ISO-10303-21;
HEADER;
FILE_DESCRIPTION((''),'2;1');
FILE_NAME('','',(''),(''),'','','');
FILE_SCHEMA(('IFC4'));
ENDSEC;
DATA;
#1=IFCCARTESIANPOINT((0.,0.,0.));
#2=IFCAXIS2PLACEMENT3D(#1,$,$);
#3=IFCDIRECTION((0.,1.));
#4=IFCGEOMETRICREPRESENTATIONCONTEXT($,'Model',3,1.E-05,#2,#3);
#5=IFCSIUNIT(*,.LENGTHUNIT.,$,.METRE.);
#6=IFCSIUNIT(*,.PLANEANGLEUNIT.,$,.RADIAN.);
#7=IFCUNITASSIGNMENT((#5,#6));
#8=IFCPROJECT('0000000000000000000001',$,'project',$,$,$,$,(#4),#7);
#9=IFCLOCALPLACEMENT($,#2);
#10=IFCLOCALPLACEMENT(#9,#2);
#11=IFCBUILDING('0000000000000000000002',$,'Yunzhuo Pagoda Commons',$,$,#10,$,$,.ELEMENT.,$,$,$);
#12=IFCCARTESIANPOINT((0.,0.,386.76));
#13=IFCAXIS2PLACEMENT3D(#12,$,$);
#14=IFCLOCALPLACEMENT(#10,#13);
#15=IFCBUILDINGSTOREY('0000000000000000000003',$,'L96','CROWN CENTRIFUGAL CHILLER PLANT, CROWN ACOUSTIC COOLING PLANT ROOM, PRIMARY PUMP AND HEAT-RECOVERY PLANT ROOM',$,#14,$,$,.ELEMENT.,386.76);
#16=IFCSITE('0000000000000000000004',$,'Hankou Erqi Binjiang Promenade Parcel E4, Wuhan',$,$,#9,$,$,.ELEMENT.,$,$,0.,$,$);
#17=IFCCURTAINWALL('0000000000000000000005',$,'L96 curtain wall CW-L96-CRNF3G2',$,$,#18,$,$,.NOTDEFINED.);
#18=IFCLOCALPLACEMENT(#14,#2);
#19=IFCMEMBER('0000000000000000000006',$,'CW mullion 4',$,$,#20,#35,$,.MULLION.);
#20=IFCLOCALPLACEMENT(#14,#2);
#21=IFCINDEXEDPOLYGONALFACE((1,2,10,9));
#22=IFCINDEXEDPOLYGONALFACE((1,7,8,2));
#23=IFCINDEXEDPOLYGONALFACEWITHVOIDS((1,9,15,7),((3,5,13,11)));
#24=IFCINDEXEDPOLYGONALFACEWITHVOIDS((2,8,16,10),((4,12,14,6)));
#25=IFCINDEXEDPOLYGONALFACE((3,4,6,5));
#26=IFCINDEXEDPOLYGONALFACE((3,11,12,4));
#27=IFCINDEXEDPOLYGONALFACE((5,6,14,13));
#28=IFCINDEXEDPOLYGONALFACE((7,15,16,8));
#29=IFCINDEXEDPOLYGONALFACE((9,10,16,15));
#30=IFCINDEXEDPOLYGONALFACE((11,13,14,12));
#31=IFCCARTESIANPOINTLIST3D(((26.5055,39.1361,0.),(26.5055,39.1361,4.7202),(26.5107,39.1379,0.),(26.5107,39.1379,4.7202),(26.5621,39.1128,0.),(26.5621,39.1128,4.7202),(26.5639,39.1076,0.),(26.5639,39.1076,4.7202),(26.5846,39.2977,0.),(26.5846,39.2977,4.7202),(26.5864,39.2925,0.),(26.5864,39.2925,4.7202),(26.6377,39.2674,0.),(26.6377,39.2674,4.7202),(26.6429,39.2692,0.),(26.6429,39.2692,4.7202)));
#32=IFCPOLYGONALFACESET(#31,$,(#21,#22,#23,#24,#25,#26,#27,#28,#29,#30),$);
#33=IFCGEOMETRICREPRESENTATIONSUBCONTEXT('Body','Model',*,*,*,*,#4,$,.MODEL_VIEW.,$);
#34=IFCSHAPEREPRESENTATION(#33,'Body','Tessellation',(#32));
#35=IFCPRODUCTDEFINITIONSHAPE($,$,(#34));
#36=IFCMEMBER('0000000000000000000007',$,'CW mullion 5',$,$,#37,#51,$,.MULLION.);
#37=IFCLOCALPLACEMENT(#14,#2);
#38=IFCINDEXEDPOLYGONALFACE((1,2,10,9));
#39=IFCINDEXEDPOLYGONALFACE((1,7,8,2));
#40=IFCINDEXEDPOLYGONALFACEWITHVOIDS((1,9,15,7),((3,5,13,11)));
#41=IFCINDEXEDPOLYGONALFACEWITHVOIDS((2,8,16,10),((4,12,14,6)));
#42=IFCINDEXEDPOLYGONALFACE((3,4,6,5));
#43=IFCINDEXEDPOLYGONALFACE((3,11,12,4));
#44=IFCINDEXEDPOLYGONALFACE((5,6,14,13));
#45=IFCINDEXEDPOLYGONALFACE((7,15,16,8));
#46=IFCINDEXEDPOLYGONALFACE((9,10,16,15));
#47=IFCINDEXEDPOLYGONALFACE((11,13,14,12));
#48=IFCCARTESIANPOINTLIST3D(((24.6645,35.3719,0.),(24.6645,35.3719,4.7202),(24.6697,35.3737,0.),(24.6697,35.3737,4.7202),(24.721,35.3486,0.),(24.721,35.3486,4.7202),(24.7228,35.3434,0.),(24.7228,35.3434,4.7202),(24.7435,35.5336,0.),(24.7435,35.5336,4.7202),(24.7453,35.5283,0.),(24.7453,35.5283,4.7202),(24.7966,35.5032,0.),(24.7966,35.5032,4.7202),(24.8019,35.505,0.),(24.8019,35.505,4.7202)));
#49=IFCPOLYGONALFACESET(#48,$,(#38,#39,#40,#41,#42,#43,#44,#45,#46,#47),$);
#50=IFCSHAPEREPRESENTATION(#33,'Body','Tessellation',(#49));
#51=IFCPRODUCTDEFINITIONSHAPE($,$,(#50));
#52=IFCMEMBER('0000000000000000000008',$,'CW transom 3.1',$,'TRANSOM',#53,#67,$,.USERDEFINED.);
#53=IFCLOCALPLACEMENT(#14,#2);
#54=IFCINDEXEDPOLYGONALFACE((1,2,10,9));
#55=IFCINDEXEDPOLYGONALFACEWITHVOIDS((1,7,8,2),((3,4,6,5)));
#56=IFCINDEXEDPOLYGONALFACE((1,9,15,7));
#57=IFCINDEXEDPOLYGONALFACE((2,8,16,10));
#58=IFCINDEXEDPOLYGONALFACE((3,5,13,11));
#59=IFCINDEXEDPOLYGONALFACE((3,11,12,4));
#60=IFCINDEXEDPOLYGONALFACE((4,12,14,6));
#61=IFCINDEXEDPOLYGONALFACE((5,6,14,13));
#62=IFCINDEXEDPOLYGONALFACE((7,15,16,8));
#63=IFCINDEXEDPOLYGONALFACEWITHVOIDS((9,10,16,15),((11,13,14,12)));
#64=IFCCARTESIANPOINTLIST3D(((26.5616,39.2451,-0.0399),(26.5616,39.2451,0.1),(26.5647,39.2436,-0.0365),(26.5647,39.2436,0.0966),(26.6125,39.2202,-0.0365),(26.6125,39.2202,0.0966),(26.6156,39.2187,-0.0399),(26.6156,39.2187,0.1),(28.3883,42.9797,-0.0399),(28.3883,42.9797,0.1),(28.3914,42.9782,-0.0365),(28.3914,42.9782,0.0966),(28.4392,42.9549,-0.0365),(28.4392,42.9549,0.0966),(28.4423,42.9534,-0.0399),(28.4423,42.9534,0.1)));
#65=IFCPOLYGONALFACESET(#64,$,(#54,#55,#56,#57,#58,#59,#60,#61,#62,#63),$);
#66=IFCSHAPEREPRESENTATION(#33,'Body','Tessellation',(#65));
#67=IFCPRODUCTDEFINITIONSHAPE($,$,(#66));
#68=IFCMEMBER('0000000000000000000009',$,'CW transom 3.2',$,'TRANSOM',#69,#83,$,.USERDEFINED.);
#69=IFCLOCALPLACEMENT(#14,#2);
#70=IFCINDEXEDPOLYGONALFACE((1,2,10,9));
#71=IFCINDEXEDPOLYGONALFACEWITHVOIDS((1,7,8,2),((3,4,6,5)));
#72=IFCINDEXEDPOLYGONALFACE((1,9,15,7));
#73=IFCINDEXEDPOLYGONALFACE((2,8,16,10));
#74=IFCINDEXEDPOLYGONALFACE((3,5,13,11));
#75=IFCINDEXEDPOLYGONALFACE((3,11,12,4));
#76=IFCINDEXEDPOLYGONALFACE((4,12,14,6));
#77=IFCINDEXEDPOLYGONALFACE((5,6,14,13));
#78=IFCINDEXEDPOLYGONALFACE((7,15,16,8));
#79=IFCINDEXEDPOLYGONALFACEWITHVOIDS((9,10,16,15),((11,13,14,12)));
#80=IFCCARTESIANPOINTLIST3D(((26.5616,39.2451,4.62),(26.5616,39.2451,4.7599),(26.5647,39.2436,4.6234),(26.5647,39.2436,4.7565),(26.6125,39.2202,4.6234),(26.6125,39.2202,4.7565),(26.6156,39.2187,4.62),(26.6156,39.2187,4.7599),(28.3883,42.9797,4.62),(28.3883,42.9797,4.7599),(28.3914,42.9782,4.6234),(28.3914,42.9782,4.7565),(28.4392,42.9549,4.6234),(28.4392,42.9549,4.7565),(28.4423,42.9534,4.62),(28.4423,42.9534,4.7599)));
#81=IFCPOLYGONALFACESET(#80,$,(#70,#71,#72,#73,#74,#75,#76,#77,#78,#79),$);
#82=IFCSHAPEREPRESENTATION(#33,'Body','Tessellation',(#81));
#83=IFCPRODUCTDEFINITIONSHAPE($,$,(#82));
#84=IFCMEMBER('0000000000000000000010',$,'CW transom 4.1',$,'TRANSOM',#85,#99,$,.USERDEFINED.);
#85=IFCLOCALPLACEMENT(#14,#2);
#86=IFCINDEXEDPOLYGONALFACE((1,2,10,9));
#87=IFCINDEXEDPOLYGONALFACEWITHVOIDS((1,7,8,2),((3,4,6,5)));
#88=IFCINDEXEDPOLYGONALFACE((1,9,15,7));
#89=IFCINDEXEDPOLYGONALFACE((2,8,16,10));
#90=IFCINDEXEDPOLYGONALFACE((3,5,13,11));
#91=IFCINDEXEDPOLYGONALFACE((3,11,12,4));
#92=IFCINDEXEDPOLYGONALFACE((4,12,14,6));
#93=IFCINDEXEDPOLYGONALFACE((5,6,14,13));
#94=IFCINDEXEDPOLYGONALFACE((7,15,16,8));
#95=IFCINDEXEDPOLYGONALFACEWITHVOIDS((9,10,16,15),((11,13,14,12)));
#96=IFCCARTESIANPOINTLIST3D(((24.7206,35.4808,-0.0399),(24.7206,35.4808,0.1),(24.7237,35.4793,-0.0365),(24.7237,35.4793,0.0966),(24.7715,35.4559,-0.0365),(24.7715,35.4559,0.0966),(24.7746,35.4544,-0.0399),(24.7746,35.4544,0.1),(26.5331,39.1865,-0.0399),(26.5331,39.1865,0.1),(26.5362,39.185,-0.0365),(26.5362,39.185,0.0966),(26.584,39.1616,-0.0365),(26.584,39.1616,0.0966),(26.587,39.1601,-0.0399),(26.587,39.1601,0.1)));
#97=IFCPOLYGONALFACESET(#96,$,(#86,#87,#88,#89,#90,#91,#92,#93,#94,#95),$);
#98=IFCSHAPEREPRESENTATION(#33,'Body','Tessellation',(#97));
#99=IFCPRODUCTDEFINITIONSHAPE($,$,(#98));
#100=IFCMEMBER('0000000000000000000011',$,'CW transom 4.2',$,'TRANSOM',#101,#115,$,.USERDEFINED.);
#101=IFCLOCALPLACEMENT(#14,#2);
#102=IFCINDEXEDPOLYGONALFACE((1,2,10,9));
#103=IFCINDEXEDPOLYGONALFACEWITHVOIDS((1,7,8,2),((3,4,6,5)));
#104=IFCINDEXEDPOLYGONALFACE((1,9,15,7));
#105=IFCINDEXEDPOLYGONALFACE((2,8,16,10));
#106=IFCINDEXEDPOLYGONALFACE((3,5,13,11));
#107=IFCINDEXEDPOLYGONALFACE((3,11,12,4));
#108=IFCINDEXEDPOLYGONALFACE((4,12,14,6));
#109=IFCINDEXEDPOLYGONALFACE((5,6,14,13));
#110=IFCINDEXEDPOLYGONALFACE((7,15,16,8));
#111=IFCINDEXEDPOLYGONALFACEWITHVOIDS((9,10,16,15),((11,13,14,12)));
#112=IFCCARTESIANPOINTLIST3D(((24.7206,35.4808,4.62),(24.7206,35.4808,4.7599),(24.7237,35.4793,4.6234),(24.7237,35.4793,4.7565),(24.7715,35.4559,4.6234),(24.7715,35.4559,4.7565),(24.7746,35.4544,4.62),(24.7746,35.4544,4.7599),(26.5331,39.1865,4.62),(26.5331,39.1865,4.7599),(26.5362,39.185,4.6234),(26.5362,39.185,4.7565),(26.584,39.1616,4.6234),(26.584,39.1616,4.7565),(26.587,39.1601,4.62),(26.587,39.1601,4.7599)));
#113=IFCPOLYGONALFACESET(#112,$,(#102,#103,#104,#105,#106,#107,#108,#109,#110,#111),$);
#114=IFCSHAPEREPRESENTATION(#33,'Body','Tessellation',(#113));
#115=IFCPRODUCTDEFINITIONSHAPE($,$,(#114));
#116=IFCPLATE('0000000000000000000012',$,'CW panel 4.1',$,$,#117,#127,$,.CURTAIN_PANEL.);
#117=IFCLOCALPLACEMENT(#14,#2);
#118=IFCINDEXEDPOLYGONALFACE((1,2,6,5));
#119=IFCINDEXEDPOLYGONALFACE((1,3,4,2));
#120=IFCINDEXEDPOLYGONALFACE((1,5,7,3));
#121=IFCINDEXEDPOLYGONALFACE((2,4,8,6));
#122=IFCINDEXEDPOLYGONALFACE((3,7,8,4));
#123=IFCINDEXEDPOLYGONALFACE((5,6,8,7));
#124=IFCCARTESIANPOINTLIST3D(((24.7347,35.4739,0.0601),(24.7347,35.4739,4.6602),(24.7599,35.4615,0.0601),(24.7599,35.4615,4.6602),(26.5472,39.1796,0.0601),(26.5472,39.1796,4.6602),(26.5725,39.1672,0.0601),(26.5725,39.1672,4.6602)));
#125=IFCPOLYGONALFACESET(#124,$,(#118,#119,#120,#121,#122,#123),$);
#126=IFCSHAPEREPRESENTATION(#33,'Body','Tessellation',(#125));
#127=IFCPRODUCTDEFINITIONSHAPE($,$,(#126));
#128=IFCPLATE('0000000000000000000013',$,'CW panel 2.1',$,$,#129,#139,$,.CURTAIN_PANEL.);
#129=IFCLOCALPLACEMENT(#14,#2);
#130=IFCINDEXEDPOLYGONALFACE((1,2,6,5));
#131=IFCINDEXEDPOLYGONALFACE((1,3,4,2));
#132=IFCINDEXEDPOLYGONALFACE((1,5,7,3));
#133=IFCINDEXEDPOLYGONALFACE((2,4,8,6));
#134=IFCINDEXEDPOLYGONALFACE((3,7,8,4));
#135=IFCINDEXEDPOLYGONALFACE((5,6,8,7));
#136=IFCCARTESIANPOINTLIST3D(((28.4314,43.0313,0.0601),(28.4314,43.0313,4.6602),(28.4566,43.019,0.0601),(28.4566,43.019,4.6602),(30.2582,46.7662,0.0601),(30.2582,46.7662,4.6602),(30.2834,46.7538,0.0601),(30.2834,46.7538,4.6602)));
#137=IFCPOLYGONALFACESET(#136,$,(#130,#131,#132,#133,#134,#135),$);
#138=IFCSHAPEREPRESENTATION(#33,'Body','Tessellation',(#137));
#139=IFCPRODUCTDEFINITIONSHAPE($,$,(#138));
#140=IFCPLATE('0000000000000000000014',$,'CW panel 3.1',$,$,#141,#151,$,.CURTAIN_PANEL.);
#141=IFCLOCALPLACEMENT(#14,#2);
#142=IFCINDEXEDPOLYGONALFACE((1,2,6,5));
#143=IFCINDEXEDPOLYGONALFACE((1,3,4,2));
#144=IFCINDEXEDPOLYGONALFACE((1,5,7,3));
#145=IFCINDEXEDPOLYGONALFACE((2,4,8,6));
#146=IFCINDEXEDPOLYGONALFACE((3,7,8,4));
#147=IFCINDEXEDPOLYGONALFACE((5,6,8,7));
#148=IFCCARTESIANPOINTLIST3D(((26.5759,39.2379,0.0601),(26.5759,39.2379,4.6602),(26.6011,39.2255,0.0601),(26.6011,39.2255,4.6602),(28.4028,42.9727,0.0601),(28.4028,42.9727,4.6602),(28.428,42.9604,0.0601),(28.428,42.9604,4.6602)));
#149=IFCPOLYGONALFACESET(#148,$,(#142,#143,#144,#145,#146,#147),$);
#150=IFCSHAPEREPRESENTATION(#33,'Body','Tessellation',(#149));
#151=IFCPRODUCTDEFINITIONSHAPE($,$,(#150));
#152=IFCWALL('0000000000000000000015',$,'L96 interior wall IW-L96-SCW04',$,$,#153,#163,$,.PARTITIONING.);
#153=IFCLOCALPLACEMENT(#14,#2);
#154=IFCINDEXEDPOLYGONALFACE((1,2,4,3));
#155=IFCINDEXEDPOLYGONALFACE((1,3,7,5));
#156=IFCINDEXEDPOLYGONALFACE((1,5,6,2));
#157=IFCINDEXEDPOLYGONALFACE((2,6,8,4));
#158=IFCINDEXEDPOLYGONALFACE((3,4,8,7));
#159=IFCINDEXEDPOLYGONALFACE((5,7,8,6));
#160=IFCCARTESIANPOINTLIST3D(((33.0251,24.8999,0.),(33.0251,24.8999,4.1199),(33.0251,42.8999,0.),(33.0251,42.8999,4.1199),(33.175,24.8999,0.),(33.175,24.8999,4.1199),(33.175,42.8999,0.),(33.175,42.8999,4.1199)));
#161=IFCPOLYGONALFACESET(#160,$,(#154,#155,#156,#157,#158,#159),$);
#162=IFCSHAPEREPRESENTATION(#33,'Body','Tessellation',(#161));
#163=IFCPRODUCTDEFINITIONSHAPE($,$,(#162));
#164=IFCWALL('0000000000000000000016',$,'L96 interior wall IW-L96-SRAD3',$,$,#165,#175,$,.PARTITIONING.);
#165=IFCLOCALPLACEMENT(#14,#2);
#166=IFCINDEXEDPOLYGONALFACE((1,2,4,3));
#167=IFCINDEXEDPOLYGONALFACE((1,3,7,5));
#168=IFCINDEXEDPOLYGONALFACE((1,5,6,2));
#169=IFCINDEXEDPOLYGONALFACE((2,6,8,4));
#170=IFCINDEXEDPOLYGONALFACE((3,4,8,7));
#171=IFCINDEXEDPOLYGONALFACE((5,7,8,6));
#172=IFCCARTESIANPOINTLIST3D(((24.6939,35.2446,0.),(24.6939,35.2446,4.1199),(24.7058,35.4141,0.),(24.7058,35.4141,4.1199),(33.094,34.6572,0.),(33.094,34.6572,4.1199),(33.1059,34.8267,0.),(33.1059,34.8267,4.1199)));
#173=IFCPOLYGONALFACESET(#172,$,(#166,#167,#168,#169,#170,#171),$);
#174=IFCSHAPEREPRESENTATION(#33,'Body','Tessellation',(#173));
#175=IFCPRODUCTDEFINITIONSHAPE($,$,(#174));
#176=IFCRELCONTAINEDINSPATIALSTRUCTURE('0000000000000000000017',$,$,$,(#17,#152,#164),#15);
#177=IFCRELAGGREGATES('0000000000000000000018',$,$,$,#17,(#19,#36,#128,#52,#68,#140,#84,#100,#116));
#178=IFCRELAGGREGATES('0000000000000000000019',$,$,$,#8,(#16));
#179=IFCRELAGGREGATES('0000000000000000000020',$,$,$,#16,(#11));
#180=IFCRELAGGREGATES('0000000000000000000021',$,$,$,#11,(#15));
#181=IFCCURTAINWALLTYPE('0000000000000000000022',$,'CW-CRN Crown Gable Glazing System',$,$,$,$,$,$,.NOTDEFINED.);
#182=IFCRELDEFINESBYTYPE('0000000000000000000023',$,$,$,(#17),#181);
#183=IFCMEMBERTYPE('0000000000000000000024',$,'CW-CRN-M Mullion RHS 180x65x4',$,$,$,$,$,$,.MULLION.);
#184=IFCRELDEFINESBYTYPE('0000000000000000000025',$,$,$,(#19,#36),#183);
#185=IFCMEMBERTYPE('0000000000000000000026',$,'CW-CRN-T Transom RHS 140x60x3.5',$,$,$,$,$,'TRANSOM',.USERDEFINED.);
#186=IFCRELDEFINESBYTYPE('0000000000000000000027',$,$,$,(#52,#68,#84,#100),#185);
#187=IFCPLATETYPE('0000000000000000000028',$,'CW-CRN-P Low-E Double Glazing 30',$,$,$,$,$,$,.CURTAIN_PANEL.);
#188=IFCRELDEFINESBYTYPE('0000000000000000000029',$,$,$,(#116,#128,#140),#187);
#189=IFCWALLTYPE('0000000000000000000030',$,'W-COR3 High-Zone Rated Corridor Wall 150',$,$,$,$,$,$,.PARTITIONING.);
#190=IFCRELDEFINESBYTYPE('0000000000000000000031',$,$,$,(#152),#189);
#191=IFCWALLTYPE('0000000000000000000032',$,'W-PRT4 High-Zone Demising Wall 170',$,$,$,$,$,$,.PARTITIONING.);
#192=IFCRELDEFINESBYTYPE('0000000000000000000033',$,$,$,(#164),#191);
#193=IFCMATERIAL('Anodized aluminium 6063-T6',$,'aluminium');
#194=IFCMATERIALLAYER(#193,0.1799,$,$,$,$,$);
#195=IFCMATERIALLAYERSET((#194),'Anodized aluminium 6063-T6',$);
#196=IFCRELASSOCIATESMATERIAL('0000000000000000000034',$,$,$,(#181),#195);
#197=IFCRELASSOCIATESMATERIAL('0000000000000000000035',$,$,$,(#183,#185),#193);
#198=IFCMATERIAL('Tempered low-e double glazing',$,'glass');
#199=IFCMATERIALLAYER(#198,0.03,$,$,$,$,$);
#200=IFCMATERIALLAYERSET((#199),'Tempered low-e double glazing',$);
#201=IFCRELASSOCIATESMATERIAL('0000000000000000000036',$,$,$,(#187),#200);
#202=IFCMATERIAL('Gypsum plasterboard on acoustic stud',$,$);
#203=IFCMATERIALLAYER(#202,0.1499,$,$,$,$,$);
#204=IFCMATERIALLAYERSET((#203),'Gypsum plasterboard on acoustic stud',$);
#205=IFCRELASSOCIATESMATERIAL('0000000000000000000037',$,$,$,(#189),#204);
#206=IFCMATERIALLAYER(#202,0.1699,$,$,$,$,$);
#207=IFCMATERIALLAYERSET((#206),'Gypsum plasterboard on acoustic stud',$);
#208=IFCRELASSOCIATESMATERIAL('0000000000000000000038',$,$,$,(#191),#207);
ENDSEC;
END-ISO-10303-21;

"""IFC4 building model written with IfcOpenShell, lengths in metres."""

from ifc_helpers import new_model, si_unit, direction, frame, frame_2d, origin, origin_2d, place, context, subcontext, project, spatial, rectangle, hollow_rectangle, extrude, source, transform, mapped, material, layer, layer_set, material_profile, profile_set, type_object, element, aggregate, save


model = new_model("IFC4")

# Units and contexts
model_context = context("Model", 3, precision=1e-05, world=origin(), true_north=direction((0.0, 1.0)))
body_context = subcontext(model_context, "Body", "Model", "MODEL_VIEW")
ifc_project = project(units=[si_unit("LENGTHUNIT", "METRE"), si_unit("PLANEANGLEUNIT", "RADIAN")], contexts=[model_context])

# Site, building, storey
site_placement = place(None, origin())
site = spatial("IfcSite", under=ifc_project, at=site_placement, Name="Hankou Erqi Binjiang Promenade Parcel E4, Wuhan", CompositionType="ELEMENT", RefElevation=0.0)
building_placement = place(site_placement, origin())
building = spatial("IfcBuilding", under=site, at=building_placement, Name="Yunzhuo Pagoda Commons", CompositionType="ELEMENT")
storey_placement = place(building_placement, frame((0.0, 0.0, 386.76)))
storey = spatial("IfcBuildingStorey", under=building, at=storey_placement, Name="L96", Description="CROWN CENTRIFUGAL CHILLER PLANT, CROWN ACOUSTIC COOLING PLANT ROOM, PRIMARY PUMP AND HEAT-RECOVERY PLANT ROOM", CompositionType="ELEMENT", Elevation=386.76)

# Curtain wall, members, plates
ifc_material_1 = material(Name="Anodized aluminium 6063-T6", Category="aluminium")
ifc_layer_1 = layer(ifc_material_1, 0.1799)
ifc_layer_set_1 = layer_set([ifc_layer_1], Name="Anodized aluminium 6063-T6")
curtain_wall_type = type_object("IfcCurtainWallType", Name="CW-CRN Crown Gable Glazing System", PredefinedType="NOTDEFINED", material=ifc_layer_set_1)
curtain_wall_placement = place(storey_placement, origin())
curtain_wall = element("IfcCurtainWall", 1, at=curtain_wall_placement, inside=storey, type_object=curtain_wall_type, Name="L96 curtain wall CW-L96-CRNF3G2", PredefinedType="NOTDEFINED")
ifc_material_profile_1 = material_profile(ifc_material_1, hollow_rectangle(XDim=0.0649, YDim=0.1799, WallThickness=0.0039, at=origin_2d()), Name="Anodized aluminium 6063-T6")
ifc_profile_set_1 = profile_set([ifc_material_profile_1], Name="Anodized aluminium 6063-T6")
member_type_1 = type_object("IfcMemberType", Name="CW-CRN-M Mullion RHS 180x65x4", PredefinedType="MULLION", material=ifc_profile_set_1)
shared_shape_1 = source(origin(), body_context, "Body", "SweptSolid", [
    extrude(hollow_rectangle(XDim=0.0649, YDim=0.1799, WallThickness=0.0039, at=origin_2d()), origin(), (0.0, 0.0, 1.0), 4.7202),
])
member_1_placement = place(storey_placement, frame((26.5742, 39.2026, 0.0), z_axis=(0.0, 0.0, 1.0), x_axis=(0.898299, -0.439384, 0.0)))
member_1 = element("IfcMember", 2, at=member_1_placement, type_object=member_type_1, Name="CW mullion 4", PredefinedType="MULLION", context=body_context, shape_type="MappedRepresentation", body=[
    mapped(shared_shape_1, transform((0.0, 0.0, 0.0), scale=1.0)),
])
member_2_placement = place(storey_placement, frame((24.7332, 35.4385, 0.0), z_axis=(0.0, 0.0, 1.0), x_axis=(0.898299, -0.439384, 0.0)))
member_2 = element("IfcMember", 3, at=member_2_placement, type_object=member_type_1, Name="CW mullion 5", PredefinedType="MULLION", context=body_context, shape_type="MappedRepresentation", body=[
    mapped(shared_shape_1, transform((0.0, 0.0, 0.0), scale=1.0)),
])
ifc_material_profile_2 = material_profile(ifc_material_1, hollow_rectangle(XDim=0.0601, YDim=0.1399, WallThickness=0.0034, at=origin_2d()), Name="Anodized aluminium 6063-T6")
ifc_profile_set_2 = profile_set([ifc_material_profile_2], Name="Anodized aluminium 6063-T6")
member_type_2 = type_object("IfcMemberType", Name="CW-CRN-T Transom RHS 140x60x3.5", ElementType="TRANSOM", PredefinedType="USERDEFINED", material=ifc_profile_set_2)
shared_shape_2 = source(origin(), body_context, "Body", "SweptSolid", [
    extrude(hollow_rectangle(XDim=0.0601, YDim=0.1399, WallThickness=0.0034, at=origin_2d()), origin(), (0.0, 0.0, 1.0), 4.1575),
])
member_3_placement = place(storey_placement, frame((28.4153, 42.9666, 0.03), z_axis=(-0.439374, -0.898304, 0.0), x_axis=(0.898304, -0.439374, 0.0)))
member_3 = element("IfcMember", 4, at=member_3_placement, type_object=member_type_2, Name="CW transom 3.1", ObjectType="TRANSOM", PredefinedType="USERDEFINED", context=body_context, shape_type="MappedRepresentation", body=[
    mapped(shared_shape_2, transform((0.0, 0.0, 0.0), scale=1.0)),
])
member_4_placement = place(storey_placement, frame((28.4153, 42.9666, 4.6899), z_axis=(-0.439374, -0.898304, 0.0), x_axis=(0.898304, -0.439374, 0.0)))
member_4 = element("IfcMember", 5, at=member_4_placement, type_object=member_type_2, Name="CW transom 3.2", ObjectType="TRANSOM", PredefinedType="USERDEFINED", context=body_context, shape_type="MappedRepresentation", body=[
    mapped(shared_shape_2, transform((0.0, 0.0, 0.0), scale=1.0)),
])
shared_shape_3 = source(origin(), body_context, "Body", "SweptSolid", [
    extrude(hollow_rectangle(XDim=0.0601, YDim=0.1399, WallThickness=0.0034, at=origin_2d()), origin(), (0.0, 0.0, 1.0), 4.1252),
])
member_5_placement = place(storey_placement, frame((26.5601, 39.1733, 0.03), z_axis=(-0.439361, -0.898311, 0.0), x_axis=(0.898311, -0.439361, 0.0)))
member_5 = element("IfcMember", 6, at=member_5_placement, type_object=member_type_2, Name="CW transom 4.1", ObjectType="TRANSOM", PredefinedType="USERDEFINED", context=body_context, shape_type="MappedRepresentation", body=[
    mapped(shared_shape_3, transform((0.0, 0.0, 0.0), scale=1.0)),
])
member_6_placement = place(storey_placement, frame((26.5601, 39.1733, 4.6899), z_axis=(-0.439361, -0.898311, 0.0), x_axis=(0.898311, -0.439361, 0.0)))
member_6 = element("IfcMember", 7, at=member_6_placement, type_object=member_type_2, Name="CW transom 4.2", ObjectType="TRANSOM", PredefinedType="USERDEFINED", context=body_context, shape_type="MappedRepresentation", body=[
    mapped(shared_shape_3, transform((0.0, 0.0, 0.0), scale=1.0)),
])
ifc_material_2 = material(Name="Tempered low-e double glazing", Category="glass")
ifc_layer_2 = layer(ifc_material_2, 0.03)
ifc_layer_set_2 = layer_set([ifc_layer_2], Name="Tempered low-e double glazing")
plate_type = type_object("IfcPlateType", Name="CW-CRN-P Low-E Double Glazing 30", PredefinedType="CURTAIN_PANEL", material=ifc_layer_set_2)
shared_shape_4 = source(origin(), body_context, "Body", "SweptSolid", [
    extrude(rectangle(XDim=4.1252, YDim=0.0281, at=origin_2d()), origin(), (0.0, 0.0, 1.0), 4.6001),
])
plate_1_placement = place(storey_placement, frame((25.6536, 37.3206, 0.0601), z_axis=(0.0, 0.0, 1.0), x_axis=(-0.439384, -0.898299, 0.0)))
plate_1 = element("IfcPlate", 8, at=plate_1_placement, type_object=plate_type, Name="CW panel 4.1", PredefinedType="CURTAIN_PANEL", context=body_context, shape_type="MappedRepresentation", body=[
    mapped(shared_shape_4, transform((0.0, 0.0, 0.0), scale=1.0)),
])
shared_shape_5 = source(origin(), body_context, "Body", "SweptSolid", [
    extrude(rectangle(XDim=4.1577, YDim=0.0281, at=origin_2d()), origin(), (0.0, 0.0, 1.0), 4.6001),
])
plate_2_placement = place(storey_placement, frame((29.3574, 44.8926, 0.0601), z_axis=(0.0, 0.0, 1.0), x_axis=(-0.439384, -0.898299, 0.0)))
plate_2 = element("IfcPlate", 9, at=plate_2_placement, type_object=plate_type, Name="CW panel 2.1", PredefinedType="CURTAIN_PANEL", context=body_context, shape_type="MappedRepresentation", body=[
    mapped(shared_shape_5, transform((0.0, 0.0, 0.0), scale=1.0)),
])
plate_3_placement = place(storey_placement, frame((27.502, 41.0991, 0.0601), z_axis=(0.0, 0.0, 1.0), x_axis=(-0.439384, -0.898299, 0.0)))
plate_3 = element("IfcPlate", 10, at=plate_3_placement, type_object=plate_type, Name="CW panel 3.1", PredefinedType="CURTAIN_PANEL", context=body_context, shape_type="MappedRepresentation", body=[
    mapped(shared_shape_5, transform((0.0, 0.0, 0.0), scale=1.0)),
])
aggregate(curtain_wall, [member_1, member_2, plate_2, member_3, member_4, plate_3, member_5, member_6, plate_1])

# Walls
ifc_material_3 = material(Name="Gypsum plasterboard on acoustic stud")
ifc_layer_3 = layer(ifc_material_3, 0.1499)
ifc_layer_set_3 = layer_set([ifc_layer_3], Name="Gypsum plasterboard on acoustic stud")
wall_type_1 = type_object("IfcWallType", Name="W-COR3 High-Zone Rated Corridor Wall 150", PredefinedType="PARTITIONING", material=ifc_layer_set_3)
wall_1_placement = place(storey_placement, frame((33.1001, 42.8999, 0.0), z_axis=(0.0, 0.0, 1.0), x_axis=(0.0, -1.0, 0.0)))
element("IfcWall", 11, at=wall_1_placement, inside=storey, type_object=wall_type_1, Name="L96 interior wall IW-L96-SCW04", PredefinedType="PARTITIONING", context=body_context, shape_type="SweptSolid", body=[
    extrude(rectangle(XDim=18.0, YDim=0.1499, at=frame_2d((9.0, 0.0))), origin(), (0.0, 0.0, 1.0), 4.1199),
])
ifc_layer_4 = layer(ifc_material_3, 0.1699)
ifc_layer_set_4 = layer_set([ifc_layer_4], Name="Gypsum plasterboard on acoustic stud")
wall_type_2 = type_object("IfcWallType", Name="W-PRT4 High-Zone Demising Wall 170", PredefinedType="PARTITIONING", material=ifc_layer_set_4)
wall_2_placement = place(storey_placement, frame((33.1001, 34.7419, 0.0), z_axis=(0.0, 0.0, 1.0), x_axis=(-0.997564, 0.069757, 0.0)))
element("IfcWall", 12, at=wall_2_placement, inside=storey, type_object=wall_type_2, Name="L96 interior wall IW-L96-SRAD3", PredefinedType="PARTITIONING", context=body_context, shape_type="SweptSolid", body=[
    extrude(rectangle(XDim=8.4207, YDim=0.1699, at=frame_2d((4.2104, 0.0))), origin(), (0.0, 0.0, 1.0), 4.1199),
])

save(model, "model.ifc")
